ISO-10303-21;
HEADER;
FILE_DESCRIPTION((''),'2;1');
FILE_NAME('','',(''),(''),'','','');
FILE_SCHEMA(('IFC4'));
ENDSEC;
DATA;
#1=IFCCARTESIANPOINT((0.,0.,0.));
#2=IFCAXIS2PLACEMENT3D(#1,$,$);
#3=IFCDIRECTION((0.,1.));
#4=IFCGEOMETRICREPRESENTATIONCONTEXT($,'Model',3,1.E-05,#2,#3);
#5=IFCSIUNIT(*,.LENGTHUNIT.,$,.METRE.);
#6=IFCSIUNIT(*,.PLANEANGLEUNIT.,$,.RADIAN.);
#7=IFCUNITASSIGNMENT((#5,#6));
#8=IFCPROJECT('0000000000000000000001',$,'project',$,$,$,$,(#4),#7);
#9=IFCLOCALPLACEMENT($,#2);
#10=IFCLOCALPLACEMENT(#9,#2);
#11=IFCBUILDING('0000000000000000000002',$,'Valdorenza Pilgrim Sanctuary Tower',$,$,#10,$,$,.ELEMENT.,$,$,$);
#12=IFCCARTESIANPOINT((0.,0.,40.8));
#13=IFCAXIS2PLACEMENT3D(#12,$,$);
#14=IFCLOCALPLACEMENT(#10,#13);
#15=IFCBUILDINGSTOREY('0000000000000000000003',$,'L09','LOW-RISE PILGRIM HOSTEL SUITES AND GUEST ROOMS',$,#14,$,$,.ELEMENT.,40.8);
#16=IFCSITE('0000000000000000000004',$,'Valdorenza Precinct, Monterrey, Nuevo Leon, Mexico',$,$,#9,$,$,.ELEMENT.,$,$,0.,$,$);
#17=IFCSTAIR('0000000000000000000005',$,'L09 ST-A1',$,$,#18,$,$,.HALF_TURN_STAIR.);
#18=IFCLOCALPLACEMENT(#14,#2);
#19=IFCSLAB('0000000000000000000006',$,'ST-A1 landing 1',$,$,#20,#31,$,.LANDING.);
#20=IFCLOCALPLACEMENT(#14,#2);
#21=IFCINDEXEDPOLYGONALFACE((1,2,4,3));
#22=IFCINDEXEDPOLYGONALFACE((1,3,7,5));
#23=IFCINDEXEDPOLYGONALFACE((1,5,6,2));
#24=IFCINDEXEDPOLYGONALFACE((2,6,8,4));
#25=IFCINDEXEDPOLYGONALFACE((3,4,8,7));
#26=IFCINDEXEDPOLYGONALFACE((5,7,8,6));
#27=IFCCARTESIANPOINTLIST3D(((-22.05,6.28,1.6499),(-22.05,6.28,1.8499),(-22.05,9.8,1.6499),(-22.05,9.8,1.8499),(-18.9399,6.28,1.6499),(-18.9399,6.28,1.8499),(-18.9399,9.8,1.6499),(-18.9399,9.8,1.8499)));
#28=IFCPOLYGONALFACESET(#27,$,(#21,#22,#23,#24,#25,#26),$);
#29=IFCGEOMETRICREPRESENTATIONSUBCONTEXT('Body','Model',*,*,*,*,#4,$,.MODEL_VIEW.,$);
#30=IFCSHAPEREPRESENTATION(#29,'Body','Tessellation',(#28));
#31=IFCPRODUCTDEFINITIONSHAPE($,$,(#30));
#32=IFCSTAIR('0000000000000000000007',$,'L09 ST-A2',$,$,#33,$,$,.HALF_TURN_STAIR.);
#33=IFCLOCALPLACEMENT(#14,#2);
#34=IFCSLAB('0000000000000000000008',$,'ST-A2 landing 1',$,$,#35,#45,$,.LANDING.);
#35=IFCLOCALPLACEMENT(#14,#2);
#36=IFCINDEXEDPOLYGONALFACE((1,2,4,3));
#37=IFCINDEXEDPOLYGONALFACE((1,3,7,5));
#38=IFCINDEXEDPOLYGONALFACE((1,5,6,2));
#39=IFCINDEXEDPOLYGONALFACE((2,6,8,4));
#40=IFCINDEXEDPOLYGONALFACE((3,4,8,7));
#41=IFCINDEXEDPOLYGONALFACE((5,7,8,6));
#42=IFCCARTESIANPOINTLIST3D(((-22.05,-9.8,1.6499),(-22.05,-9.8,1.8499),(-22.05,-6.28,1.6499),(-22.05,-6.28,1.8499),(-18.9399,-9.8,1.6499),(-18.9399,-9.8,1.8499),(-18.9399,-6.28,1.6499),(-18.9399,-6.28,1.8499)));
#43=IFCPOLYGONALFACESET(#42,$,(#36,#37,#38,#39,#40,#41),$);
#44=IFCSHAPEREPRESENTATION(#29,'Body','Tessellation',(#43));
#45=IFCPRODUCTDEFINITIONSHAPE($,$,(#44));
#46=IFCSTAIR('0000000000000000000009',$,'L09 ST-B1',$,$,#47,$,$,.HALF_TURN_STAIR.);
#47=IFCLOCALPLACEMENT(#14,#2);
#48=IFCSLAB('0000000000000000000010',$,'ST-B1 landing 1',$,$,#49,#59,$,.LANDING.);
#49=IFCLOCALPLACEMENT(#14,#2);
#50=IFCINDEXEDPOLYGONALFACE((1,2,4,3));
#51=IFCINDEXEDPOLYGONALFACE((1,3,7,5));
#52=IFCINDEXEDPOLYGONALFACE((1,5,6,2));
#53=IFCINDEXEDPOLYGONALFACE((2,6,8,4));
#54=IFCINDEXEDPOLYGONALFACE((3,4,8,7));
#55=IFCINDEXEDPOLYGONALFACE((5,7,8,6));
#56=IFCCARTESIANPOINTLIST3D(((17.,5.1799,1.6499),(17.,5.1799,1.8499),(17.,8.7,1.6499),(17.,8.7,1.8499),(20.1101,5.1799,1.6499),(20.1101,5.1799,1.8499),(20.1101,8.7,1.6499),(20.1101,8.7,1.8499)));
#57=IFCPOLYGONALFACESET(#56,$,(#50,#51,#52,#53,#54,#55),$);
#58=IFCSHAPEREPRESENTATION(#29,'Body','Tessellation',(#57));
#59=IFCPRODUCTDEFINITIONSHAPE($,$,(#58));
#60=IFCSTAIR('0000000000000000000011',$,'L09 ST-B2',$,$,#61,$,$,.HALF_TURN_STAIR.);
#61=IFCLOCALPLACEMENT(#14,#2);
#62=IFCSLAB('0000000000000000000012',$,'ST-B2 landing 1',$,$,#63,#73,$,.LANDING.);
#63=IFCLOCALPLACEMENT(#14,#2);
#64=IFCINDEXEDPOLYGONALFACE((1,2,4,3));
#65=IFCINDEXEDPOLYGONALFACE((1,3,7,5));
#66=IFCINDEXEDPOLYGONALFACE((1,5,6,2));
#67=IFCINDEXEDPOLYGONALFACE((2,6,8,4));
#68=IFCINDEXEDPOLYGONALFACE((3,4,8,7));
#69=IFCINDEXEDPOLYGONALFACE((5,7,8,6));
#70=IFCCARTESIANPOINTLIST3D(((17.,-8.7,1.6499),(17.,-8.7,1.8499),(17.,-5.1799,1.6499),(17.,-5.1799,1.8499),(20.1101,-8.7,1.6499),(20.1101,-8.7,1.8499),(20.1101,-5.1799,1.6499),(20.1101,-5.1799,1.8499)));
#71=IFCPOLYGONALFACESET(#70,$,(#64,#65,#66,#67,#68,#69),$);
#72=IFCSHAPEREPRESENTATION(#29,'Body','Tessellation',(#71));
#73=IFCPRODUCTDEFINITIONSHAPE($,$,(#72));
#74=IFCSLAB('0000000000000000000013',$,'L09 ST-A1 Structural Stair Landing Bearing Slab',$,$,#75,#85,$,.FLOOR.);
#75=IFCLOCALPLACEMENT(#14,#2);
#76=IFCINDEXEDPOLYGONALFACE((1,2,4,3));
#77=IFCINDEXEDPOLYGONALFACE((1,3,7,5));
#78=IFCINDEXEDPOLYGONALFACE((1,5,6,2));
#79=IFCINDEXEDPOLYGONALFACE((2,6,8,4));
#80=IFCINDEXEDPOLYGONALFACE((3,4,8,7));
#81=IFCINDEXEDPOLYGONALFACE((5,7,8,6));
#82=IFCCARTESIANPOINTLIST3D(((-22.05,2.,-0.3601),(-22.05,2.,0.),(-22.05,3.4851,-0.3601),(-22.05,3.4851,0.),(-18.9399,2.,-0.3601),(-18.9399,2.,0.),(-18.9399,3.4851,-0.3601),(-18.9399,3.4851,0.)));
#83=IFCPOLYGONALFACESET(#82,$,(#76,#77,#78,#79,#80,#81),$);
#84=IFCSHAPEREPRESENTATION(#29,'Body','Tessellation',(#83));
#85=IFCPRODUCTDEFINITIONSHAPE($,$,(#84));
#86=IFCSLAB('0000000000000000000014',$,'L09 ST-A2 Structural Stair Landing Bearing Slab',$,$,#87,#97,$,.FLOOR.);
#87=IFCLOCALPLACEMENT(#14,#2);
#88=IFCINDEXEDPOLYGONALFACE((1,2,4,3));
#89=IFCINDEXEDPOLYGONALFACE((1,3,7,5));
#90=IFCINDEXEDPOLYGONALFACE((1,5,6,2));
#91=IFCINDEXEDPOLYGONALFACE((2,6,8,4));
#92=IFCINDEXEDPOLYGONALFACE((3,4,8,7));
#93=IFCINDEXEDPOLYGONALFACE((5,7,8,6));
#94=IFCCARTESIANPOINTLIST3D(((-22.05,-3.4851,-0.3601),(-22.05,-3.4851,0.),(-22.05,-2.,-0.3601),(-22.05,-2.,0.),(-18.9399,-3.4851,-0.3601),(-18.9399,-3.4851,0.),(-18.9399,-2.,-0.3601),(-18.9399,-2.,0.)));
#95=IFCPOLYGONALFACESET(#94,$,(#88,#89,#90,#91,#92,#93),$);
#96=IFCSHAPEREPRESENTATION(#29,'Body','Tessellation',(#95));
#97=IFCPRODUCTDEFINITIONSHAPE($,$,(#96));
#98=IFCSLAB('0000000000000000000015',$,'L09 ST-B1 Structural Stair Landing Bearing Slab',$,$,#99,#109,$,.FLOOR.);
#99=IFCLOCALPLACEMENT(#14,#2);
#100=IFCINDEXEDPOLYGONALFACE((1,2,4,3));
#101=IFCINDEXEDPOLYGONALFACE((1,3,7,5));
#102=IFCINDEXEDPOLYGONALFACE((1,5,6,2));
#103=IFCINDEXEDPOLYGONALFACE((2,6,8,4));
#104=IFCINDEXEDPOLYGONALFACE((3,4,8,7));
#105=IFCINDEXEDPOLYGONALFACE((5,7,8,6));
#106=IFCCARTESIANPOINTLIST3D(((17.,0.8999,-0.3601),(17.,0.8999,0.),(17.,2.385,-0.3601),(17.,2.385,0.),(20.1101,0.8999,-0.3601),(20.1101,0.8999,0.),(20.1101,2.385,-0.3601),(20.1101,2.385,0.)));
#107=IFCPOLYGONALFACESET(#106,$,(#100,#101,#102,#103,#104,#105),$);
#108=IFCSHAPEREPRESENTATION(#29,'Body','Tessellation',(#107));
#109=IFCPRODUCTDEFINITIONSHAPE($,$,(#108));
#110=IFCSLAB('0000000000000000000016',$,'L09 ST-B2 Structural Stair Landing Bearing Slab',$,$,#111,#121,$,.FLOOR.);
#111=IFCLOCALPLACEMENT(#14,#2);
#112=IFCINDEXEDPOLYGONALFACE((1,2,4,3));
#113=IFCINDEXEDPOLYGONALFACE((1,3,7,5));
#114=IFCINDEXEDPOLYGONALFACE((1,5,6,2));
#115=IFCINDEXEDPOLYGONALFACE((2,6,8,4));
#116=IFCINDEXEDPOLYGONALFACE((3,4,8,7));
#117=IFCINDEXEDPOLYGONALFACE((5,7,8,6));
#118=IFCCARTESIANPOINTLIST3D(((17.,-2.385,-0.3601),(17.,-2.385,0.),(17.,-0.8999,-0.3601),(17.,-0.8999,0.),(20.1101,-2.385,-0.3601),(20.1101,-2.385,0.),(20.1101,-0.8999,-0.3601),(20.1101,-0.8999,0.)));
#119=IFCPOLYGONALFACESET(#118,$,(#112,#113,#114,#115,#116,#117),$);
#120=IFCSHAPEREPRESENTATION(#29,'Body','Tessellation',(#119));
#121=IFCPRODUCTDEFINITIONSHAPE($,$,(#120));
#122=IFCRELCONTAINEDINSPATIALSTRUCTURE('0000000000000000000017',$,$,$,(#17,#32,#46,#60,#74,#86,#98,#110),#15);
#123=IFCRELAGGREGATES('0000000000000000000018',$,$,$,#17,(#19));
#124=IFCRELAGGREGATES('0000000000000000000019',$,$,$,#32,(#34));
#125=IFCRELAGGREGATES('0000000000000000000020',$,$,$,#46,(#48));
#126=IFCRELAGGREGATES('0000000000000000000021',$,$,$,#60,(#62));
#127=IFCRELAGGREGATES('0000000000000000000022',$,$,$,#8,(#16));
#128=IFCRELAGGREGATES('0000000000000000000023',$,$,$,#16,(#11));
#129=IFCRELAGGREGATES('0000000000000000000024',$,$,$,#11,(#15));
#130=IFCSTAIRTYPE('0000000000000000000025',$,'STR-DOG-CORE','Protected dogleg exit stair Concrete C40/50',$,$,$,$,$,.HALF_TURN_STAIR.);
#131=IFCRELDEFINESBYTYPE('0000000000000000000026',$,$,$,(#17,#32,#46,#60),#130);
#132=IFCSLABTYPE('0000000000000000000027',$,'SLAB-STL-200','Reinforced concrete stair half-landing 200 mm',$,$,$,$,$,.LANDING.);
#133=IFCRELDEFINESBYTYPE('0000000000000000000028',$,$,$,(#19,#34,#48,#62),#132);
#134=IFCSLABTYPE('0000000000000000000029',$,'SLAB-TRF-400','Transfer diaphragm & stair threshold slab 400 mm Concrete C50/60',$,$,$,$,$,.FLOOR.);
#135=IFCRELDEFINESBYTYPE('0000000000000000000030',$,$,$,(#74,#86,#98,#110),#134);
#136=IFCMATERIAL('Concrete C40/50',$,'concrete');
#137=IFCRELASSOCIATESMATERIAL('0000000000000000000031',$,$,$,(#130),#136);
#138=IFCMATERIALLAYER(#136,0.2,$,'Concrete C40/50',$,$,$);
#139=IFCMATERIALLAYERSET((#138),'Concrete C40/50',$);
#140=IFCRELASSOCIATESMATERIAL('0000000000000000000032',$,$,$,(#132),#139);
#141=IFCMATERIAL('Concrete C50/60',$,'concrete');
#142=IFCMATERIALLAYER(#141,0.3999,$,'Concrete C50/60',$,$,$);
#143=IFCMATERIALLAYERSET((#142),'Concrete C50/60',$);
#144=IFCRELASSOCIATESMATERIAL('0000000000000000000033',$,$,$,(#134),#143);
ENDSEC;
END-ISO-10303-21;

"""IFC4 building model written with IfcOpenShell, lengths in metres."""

from ifc_helpers import new_model, si_unit, direction, frame, origin, place, context, subcontext, project, spatial, polyline, outline, extrude, material, layer, layer_set, type_object, element, aggregate, save


model = new_model("IFC4")

# Units and contexts
model_context = context("Model", 3, precision=1e-05, world=origin(), true_north=direction((0.0, 1.0)))
body_context = subcontext(model_context, "Body", "Model", "MODEL_VIEW")
ifc_project = project(units=[si_unit("LENGTHUNIT", "METRE"), si_unit("PLANEANGLEUNIT", "RADIAN")], contexts=[model_context])

# Site, building, storey
site_placement = place(None, origin())
site = spatial("IfcSite", under=ifc_project, at=site_placement, Name="Valdorenza Precinct, Monterrey, Nuevo Leon, Mexico", CompositionType="ELEMENT", RefElevation=0.0)
building_placement = place(site_placement, origin())
building = spatial("IfcBuilding", under=site, at=building_placement, Name="Valdorenza Pilgrim Sanctuary Tower", CompositionType="ELEMENT")
storey_placement = place(building_placement, frame((0.0, 0.0, 40.8)))
storey = spatial("IfcBuildingStorey", under=building, at=storey_placement, Name="L09", Description="LOW-RISE PILGRIM HOSTEL SUITES AND GUEST ROOMS", CompositionType="ELEMENT", Elevation=40.8)

# Shared definitions
ifc_material_1 = material(Name="Concrete C40/50", Category="concrete")

# Stairs, slabs
stair_type = type_object("IfcStairType", Name="STR-DOG-CORE", Description="Protected dogleg exit stair Concrete C40/50", PredefinedType="HALF_TURN_STAIR", material=ifc_material_1)
stair_1_placement = place(storey_placement, origin())
stair_1 = element("IfcStair", 1, at=stair_1_placement, inside=storey, type_object=stair_type, Name="L09 ST-A1", PredefinedType="HALF_TURN_STAIR")
ifc_layer_1 = layer(ifc_material_1, 0.2, Name="Concrete C40/50")
ifc_layer_set_1 = layer_set([ifc_layer_1], Name="Concrete C40/50")
slab_type_1 = type_object("IfcSlabType", Name="SLAB-STL-200", Description="Reinforced concrete stair half-landing 200 mm", PredefinedType="LANDING", material=ifc_layer_set_1)
slab_1_placement = place(storey_placement, frame((0.0, 0.0, 1.6499)))
slab_1 = element("IfcSlab", 2, at=slab_1_placement, type_object=slab_type_1, Name="ST-A1 landing 1", PredefinedType="LANDING", context=body_context, shape_type="SweptSolid", body=[
    extrude(outline(polyline([(-18.9399, 6.28), (-18.9399, 9.8), (-22.05, 9.8), (-22.05, 6.28), (-18.9399, 6.28)])), origin(), (0.0, 0.0, 1.0), 0.2),
])
aggregate(stair_1, [slab_1])
stair_2_placement = place(storey_placement, origin())
stair_2 = element("IfcStair", 3, at=stair_2_placement, inside=storey, type_object=stair_type, Name="L09 ST-A2", PredefinedType="HALF_TURN_STAIR")
slab_2_placement = place(storey_placement, frame((0.0, 0.0, 1.6499)))
slab_2 = element("IfcSlab", 4, at=slab_2_placement, type_object=slab_type_1, Name="ST-A2 landing 1", PredefinedType="LANDING", context=body_context, shape_type="SweptSolid", body=[
    extrude(outline(polyline([(-22.05, -6.28), (-22.05, -9.8), (-18.9399, -9.8), (-18.9399, -6.28), (-22.05, -6.28)])), origin(), (0.0, 0.0, 1.0), 0.2),
])
aggregate(stair_2, [slab_2])
stair_3_placement = place(storey_placement, origin())
stair_3 = element("IfcStair", 5, at=stair_3_placement, inside=storey, type_object=stair_type, Name="L09 ST-B1", PredefinedType="HALF_TURN_STAIR")
slab_3_placement = place(storey_placement, frame((0.0, 0.0, 1.6499)))
slab_3 = element("IfcSlab", 6, at=slab_3_placement, type_object=slab_type_1, Name="ST-B1 landing 1", PredefinedType="LANDING", context=body_context, shape_type="SweptSolid", body=[
    extrude(outline(polyline([(20.1101, 5.1799), (20.1101, 8.7), (17.0, 8.7), (17.0, 5.1799), (20.1101, 5.1799)])), origin(), (0.0, 0.0, 1.0), 0.2),
])
aggregate(stair_3, [slab_3])
stair_4_placement = place(storey_placement, origin())
stair_4 = element("IfcStair", 7, at=stair_4_placement, inside=storey, type_object=stair_type, Name="L09 ST-B2", PredefinedType="HALF_TURN_STAIR")
slab_4_placement = place(storey_placement, frame((0.0, 0.0, 1.6499)))
slab_4 = element("IfcSlab", 8, at=slab_4_placement, type_object=slab_type_1, Name="ST-B2 landing 1", PredefinedType="LANDING", context=body_context, shape_type="SweptSolid", body=[
    extrude(outline(polyline([(17.0, -5.1799), (17.0, -8.7), (20.1101, -8.7), (20.1101, -5.1799), (17.0, -5.1799)])), origin(), (0.0, 0.0, 1.0), 0.2),
])
aggregate(stair_4, [slab_4])

# Slabs
ifc_material_2 = material(Name="Concrete C50/60", Category="concrete")
ifc_layer_2 = layer(ifc_material_2, 0.3999, Name="Concrete C50/60")
ifc_layer_set_2 = layer_set([ifc_layer_2], Name="Concrete C50/60")
slab_type_2 = type_object("IfcSlabType", Name="SLAB-TRF-400", Description="Transfer diaphragm & stair threshold slab 400 mm Concrete C50/60", PredefinedType="FLOOR", material=ifc_layer_set_2)
slab_5_placement = place(storey_placement, frame((0.0, 0.0, -0.3601)))
element("IfcSlab", 9, at=slab_5_placement, inside=storey, type_object=slab_type_2, Name="L09 ST-A1 Structural Stair Landing Bearing Slab", PredefinedType="FLOOR", context=body_context, shape_type="SweptSolid", body=[
    extrude(outline(polyline([(-22.05, 2.0), (-18.9399, 2.0), (-18.9399, 3.4851), (-22.05, 3.4851), (-22.05, 2.0)])), origin(), (0.0, 0.0, 1.0), 0.3601),
])
slab_6_placement = place(storey_placement, frame((0.0, 0.0, -0.3601)))
element("IfcSlab", 10, at=slab_6_placement, inside=storey, type_object=slab_type_2, Name="L09 ST-A2 Structural Stair Landing Bearing Slab", PredefinedType="FLOOR", context=body_context, shape_type="SweptSolid", body=[
    extrude(outline(polyline([(-22.05, -3.4851), (-18.9399, -3.4851), (-18.9399, -2.0), (-22.05, -2.0), (-22.05, -3.4851)])), origin(), (0.0, 0.0, 1.0), 0.3601),
])
slab_7_placement = place(storey_placement, frame((0.0, 0.0, -0.3601)))
element("IfcSlab", 11, at=slab_7_placement, inside=storey, type_object=slab_type_2, Name="L09 ST-B1 Structural Stair Landing Bearing Slab", PredefinedType="FLOOR", context=body_context, shape_type="SweptSolid", body=[
    extrude(outline(polyline([(17.0, 0.8999), (20.1101, 0.8999), (20.1101, 2.385), (17.0, 2.385), (17.0, 0.8999)])), origin(), (0.0, 0.0, 1.0), 0.3601),
])
slab_8_placement = place(storey_placement, frame((0.0, 0.0, -0.3601)))
element("IfcSlab", 12, at=slab_8_placement, inside=storey, type_object=slab_type_2, Name="L09 ST-B2 Structural Stair Landing Bearing Slab", PredefinedType="FLOOR", context=body_context, shape_type="SweptSolid", body=[
    extrude(outline(polyline([(17.0, -2.385), (20.1101, -2.385), (20.1101, -0.8999), (17.0, -0.8999), (17.0, -2.385)])), origin(), (0.0, 0.0, 1.0), 0.3601),
])

save(model, "model.ifc")
